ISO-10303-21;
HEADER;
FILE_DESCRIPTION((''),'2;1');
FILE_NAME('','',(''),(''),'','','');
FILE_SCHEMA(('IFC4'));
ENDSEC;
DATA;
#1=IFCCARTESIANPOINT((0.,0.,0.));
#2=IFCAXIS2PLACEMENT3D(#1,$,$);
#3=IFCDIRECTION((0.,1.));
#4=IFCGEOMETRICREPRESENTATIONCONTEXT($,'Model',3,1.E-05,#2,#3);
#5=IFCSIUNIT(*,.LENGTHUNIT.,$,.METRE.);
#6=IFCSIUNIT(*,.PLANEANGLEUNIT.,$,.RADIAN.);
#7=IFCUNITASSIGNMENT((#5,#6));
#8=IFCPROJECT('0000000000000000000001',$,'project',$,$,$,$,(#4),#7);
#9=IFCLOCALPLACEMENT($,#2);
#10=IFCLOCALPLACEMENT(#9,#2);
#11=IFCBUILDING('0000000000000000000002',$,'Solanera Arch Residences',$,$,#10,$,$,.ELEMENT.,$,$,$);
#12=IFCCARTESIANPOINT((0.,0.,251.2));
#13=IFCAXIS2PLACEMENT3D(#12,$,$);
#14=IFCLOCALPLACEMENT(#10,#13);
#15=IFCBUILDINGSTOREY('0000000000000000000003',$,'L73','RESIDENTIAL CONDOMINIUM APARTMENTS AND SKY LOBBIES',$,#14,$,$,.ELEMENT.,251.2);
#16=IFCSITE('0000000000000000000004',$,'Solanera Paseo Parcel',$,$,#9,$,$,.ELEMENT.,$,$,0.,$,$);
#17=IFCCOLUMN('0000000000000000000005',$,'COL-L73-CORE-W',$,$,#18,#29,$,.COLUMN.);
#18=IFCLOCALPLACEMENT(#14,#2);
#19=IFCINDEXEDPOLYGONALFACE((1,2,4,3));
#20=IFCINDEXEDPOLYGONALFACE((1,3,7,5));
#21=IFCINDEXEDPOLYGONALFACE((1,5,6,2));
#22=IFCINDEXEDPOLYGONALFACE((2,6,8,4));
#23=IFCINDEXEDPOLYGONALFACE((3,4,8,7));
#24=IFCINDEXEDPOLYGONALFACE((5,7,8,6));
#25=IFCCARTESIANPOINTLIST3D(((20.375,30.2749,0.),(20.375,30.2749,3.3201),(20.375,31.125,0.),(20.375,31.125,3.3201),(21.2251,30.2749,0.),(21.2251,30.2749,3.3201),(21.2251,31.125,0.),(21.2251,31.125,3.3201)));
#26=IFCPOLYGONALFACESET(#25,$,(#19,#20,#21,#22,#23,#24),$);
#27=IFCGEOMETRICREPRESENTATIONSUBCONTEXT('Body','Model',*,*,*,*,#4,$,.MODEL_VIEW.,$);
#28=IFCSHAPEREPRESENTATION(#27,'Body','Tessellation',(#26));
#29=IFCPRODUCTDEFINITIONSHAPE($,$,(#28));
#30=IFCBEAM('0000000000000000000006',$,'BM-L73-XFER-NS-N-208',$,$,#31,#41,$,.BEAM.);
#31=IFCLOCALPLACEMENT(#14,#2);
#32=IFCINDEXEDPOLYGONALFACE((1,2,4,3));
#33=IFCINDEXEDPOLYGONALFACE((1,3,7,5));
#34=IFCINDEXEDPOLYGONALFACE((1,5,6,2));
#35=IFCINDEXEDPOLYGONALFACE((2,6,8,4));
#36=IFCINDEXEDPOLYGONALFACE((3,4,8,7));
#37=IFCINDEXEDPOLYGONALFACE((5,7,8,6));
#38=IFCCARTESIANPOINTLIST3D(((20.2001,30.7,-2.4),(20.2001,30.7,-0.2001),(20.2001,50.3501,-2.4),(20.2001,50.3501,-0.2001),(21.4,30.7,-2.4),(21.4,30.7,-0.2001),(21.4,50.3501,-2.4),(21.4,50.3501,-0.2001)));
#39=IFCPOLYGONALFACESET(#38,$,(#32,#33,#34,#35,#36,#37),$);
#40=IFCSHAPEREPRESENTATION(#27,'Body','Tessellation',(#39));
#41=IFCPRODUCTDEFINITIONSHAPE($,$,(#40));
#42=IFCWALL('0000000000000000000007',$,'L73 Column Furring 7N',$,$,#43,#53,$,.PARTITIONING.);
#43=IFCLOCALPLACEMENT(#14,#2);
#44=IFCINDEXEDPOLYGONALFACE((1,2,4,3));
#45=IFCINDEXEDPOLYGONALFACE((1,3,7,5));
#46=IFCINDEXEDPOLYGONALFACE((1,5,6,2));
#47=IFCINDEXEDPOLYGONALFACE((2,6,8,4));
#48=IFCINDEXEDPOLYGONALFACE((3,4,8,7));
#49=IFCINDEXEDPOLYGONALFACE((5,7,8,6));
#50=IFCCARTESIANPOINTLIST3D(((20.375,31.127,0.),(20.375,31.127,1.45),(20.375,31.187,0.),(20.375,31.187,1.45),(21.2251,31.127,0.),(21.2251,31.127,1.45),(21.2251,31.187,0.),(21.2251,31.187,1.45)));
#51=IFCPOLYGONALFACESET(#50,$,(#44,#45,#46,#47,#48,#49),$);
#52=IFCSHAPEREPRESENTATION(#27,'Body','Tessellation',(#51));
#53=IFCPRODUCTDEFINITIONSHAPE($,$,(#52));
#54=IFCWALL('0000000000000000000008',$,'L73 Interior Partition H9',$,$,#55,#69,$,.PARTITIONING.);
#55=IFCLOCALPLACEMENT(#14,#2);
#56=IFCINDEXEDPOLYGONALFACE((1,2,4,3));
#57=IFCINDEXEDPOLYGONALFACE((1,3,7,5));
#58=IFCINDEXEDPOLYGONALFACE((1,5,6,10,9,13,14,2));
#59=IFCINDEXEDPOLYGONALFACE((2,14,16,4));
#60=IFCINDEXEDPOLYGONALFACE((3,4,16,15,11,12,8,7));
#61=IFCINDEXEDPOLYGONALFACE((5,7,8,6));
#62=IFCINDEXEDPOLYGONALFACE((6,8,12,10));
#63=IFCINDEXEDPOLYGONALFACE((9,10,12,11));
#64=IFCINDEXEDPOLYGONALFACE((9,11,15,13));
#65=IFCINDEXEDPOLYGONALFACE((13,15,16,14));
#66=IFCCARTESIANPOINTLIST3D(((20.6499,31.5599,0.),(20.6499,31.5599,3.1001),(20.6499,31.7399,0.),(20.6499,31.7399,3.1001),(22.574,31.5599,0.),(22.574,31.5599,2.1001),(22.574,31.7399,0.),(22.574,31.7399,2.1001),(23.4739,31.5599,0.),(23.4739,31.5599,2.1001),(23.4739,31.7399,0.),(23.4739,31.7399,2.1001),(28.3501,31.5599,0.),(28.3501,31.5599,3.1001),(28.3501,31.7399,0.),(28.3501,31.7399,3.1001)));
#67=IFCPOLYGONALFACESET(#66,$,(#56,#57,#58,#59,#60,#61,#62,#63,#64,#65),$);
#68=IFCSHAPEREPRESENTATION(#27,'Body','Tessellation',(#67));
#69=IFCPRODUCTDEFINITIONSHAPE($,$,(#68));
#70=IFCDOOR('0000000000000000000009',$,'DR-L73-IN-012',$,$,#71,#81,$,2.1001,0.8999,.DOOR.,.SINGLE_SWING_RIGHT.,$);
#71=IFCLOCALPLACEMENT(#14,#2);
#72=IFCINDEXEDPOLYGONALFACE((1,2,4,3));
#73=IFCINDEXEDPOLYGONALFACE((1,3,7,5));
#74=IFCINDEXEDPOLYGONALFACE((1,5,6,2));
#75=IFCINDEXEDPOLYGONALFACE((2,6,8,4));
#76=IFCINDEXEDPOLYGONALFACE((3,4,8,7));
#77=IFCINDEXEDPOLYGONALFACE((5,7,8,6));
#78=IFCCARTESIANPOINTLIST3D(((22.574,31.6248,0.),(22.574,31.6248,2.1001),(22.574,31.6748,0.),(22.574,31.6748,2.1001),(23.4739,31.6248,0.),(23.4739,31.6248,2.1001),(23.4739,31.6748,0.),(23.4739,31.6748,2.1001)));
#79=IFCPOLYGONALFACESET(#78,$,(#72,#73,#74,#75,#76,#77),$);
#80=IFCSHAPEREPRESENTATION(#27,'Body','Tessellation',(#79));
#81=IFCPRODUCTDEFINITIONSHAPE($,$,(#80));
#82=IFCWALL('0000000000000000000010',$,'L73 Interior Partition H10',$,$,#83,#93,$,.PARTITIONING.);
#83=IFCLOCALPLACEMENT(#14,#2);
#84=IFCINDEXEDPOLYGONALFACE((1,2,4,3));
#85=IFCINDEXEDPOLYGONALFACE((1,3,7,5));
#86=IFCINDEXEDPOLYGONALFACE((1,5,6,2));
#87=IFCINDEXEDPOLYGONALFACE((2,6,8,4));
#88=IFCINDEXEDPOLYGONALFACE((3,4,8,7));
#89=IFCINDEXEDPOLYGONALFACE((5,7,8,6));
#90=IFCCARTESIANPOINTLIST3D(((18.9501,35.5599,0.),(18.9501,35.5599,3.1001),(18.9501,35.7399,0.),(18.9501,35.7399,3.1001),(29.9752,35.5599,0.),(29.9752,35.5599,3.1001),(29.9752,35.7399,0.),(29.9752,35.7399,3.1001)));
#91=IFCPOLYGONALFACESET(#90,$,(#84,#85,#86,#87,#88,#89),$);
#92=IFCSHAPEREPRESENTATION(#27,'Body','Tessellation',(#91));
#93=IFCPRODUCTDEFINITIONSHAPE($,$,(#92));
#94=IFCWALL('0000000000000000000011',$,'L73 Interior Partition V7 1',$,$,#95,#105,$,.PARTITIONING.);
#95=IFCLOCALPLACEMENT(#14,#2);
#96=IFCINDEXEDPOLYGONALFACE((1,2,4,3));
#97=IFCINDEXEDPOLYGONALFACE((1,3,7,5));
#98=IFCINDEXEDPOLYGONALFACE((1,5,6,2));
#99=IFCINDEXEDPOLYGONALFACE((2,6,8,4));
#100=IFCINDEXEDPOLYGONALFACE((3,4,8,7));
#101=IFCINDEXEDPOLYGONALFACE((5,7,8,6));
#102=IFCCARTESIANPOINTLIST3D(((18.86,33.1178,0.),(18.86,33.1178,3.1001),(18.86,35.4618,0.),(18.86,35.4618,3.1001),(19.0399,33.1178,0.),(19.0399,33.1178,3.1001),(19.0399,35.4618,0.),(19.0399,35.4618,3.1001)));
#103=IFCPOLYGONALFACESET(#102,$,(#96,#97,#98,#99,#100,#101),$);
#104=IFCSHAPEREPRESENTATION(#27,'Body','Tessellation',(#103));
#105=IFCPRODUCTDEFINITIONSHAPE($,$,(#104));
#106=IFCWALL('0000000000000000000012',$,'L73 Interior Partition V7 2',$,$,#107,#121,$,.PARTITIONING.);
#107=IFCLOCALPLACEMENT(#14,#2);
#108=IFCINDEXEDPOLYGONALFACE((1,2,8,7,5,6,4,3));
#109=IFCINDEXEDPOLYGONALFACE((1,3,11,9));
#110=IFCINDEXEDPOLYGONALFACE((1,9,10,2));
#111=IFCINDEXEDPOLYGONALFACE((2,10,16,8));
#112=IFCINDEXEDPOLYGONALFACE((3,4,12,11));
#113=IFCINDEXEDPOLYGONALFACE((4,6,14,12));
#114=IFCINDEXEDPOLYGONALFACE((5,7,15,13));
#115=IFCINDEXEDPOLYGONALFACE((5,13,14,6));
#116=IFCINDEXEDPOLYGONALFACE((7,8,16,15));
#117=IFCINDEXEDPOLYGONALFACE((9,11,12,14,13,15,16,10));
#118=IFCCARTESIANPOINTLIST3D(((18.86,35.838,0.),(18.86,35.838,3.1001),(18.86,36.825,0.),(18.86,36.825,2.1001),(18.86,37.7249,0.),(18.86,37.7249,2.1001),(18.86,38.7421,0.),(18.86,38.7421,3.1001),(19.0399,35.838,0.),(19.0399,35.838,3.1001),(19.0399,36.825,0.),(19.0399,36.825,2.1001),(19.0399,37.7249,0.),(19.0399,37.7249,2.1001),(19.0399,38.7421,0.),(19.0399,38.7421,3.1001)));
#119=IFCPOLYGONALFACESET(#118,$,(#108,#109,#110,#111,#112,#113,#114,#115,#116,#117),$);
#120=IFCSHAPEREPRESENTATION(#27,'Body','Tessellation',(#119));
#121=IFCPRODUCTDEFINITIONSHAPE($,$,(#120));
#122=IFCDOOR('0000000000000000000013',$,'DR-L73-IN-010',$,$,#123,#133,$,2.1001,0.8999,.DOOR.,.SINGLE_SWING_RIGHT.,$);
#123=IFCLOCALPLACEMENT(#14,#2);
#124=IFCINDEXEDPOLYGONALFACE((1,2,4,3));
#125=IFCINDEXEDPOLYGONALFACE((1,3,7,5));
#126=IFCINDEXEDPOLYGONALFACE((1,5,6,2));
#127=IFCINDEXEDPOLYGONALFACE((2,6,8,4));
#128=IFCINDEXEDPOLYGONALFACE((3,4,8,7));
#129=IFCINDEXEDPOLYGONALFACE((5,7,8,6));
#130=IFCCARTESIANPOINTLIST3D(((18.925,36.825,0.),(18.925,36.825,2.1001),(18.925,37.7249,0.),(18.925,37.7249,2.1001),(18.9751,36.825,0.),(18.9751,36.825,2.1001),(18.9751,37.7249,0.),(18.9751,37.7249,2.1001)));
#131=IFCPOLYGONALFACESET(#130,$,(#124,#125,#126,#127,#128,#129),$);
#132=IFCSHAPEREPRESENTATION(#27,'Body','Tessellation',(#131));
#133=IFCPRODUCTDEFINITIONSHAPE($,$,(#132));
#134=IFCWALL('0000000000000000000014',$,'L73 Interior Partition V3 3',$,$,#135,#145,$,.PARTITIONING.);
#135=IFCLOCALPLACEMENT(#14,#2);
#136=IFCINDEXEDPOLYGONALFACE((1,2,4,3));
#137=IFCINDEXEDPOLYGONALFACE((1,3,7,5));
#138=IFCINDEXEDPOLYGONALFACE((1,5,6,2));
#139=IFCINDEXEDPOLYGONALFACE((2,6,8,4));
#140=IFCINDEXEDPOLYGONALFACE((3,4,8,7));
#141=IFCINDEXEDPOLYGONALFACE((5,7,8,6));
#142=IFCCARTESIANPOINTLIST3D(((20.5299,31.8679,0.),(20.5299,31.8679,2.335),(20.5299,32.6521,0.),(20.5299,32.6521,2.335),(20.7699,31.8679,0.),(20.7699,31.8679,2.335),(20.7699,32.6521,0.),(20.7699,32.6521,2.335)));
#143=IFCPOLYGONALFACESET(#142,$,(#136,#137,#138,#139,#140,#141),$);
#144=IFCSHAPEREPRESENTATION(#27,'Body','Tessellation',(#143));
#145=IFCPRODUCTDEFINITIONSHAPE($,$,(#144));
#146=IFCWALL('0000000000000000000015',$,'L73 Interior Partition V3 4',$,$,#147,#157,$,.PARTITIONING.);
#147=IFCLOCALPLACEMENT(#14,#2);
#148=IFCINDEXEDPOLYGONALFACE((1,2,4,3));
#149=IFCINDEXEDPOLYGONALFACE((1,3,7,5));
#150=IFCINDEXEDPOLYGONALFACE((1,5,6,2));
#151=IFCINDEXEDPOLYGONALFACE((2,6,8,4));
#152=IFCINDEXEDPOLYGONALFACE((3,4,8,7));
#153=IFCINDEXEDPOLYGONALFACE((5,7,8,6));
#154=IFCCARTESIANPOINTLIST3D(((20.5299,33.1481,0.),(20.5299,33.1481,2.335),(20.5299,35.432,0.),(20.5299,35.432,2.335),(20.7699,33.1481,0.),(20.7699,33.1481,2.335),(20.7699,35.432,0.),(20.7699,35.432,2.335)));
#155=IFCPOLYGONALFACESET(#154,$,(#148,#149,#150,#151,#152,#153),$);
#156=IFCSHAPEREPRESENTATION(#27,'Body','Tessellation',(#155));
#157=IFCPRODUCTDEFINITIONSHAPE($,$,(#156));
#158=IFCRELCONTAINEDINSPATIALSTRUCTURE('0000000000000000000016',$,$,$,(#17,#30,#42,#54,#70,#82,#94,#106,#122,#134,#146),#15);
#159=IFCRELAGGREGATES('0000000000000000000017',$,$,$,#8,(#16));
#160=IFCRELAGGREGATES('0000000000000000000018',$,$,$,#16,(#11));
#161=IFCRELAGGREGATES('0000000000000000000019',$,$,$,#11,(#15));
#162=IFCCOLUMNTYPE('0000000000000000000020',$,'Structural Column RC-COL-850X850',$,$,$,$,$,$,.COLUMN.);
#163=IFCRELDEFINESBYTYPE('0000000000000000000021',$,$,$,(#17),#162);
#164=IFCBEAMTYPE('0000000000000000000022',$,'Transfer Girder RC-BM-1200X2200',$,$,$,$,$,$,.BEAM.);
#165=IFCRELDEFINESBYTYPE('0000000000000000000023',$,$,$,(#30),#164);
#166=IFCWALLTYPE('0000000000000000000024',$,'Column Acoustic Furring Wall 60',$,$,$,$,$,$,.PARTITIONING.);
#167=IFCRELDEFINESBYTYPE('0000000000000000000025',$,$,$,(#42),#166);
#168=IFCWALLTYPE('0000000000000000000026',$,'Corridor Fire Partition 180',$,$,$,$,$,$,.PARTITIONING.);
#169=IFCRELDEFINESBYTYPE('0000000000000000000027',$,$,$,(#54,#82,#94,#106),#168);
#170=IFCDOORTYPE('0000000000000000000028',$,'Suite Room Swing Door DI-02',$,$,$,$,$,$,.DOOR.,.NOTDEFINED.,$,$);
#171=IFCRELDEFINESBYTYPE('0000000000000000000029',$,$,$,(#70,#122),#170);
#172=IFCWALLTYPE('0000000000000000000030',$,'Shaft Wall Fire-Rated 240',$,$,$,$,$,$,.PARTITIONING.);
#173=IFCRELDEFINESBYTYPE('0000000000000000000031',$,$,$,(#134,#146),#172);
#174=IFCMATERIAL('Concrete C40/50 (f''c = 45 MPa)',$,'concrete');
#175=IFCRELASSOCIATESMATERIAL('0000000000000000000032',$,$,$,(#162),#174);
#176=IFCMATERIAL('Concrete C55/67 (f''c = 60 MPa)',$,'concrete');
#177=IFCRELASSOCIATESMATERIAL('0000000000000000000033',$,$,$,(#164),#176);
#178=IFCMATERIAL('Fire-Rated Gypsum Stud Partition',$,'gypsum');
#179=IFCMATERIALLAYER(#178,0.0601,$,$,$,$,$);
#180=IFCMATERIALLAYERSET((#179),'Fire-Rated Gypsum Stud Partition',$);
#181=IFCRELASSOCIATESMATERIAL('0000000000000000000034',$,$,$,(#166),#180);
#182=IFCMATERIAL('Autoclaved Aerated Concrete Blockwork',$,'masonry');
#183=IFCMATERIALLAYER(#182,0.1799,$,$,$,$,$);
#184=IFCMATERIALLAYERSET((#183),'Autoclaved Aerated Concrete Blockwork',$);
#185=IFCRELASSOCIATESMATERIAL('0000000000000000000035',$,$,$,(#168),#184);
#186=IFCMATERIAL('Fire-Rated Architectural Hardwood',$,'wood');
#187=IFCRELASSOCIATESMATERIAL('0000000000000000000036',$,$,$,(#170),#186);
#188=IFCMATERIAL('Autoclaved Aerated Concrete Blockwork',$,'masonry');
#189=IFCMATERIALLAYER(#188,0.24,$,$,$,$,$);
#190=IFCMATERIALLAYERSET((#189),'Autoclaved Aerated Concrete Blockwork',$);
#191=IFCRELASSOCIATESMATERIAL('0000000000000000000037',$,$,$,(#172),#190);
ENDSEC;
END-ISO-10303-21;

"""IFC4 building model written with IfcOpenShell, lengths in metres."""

from ifc_helpers import new_model, si_unit, direction, frame, frame_2d, origin, origin_2d, place, context, subcontext, project, spatial, rectangle, extrude, material, layer, layer_set, material_profile, profile_set, type_object, element, fill, save


model = new_model("IFC4")

# Units and contexts
model_context = context("Model", 3, precision=1e-05, world=origin(), true_north=direction((0.0, 1.0)))
body_context = subcontext(model_context, "Body", "Model", "MODEL_VIEW")
ifc_project = project(units=[si_unit("LENGTHUNIT", "METRE"), si_unit("PLANEANGLEUNIT", "RADIAN")], contexts=[model_context])

# Site, building, storey
site_placement = place(None, origin())
site = spatial("IfcSite", under=ifc_project, at=site_placement, Name="Solanera Paseo Parcel", CompositionType="ELEMENT", RefElevation=0.0)
building_placement = place(site_placement, origin())
building = spatial("IfcBuilding", under=site, at=building_placement, Name="Solanera Arch Residences", CompositionType="ELEMENT")
storey_placement = place(building_placement, frame((0.0, 0.0, 251.2)))
storey = spatial("IfcBuildingStorey", under=building, at=storey_placement, Name="L73", Description="RESIDENTIAL CONDOMINIUM APARTMENTS AND SKY LOBBIES", CompositionType="ELEMENT", Elevation=251.2)

# Column
ifc_material_1 = material(Name="Concrete C40/50 (f'c = 45 MPa)", Category="concrete")
ifc_material_profile_1 = material_profile(ifc_material_1, rectangle(XDim=0.8501, YDim=0.8501, at=origin_2d()))
ifc_profile_set_1 = profile_set([ifc_material_profile_1], Name="Concrete C40/50 (f'c = 45 MPa)")
column_type = type_object("IfcColumnType", Name="Structural Column RC-COL-850X850", PredefinedType="COLUMN", material=ifc_profile_set_1)
column_placement = place(storey_placement, frame((20.8, 30.7, 0.0), z_axis=(0.0, 0.0, 1.0), x_axis=(1.0, 0.0, 0.0)))
element("IfcColumn", 1, at=column_placement, inside=storey, type_object=column_type, Name="COL-L73-CORE-W", PredefinedType="COLUMN", context=body_context, shape_type="SweptSolid", body=[
    extrude(rectangle(XDim=0.8501, YDim=0.8501, at=origin_2d()), origin(), (0.0, 0.0, 1.0), 3.3201),
])

# Beam
ifc_material_2 = material(Name="Concrete C55/67 (f'c = 60 MPa)", Category="concrete")
ifc_material_profile_2 = material_profile(ifc_material_2, rectangle(XDim=1.2, YDim=2.2, at=origin_2d()))
ifc_profile_set_2 = profile_set([ifc_material_profile_2], Name="Concrete C55/67 (f'c = 60 MPa)")
beam_type = type_object("IfcBeamType", Name="Transfer Girder RC-BM-1200X2200", PredefinedType="BEAM", material=ifc_profile_set_2)
beam_placement = place(storey_placement, frame((20.8, 30.7, -1.3), z_axis=(0.0, 1.0, 0.0), x_axis=(-1.0, 0.0, 0.0)))
element("IfcBeam", 2, at=beam_placement, inside=storey, type_object=beam_type, Name="BM-L73-XFER-NS-N-208", PredefinedType="BEAM", context=body_context, shape_type="SweptSolid", body=[
    extrude(rectangle(XDim=1.2, YDim=2.2, at=origin_2d()), origin(), (0.0, 0.0, 1.0), 19.6501),
])

# Wall
ifc_material_3 = material(Name="Fire-Rated Gypsum Stud Partition", Category="gypsum")
ifc_layer_1 = layer(ifc_material_3, 0.0601)
ifc_layer_set_1 = layer_set([ifc_layer_1], Name="Fire-Rated Gypsum Stud Partition")
wall_type_1 = type_object("IfcWallType", Name="Column Acoustic Furring Wall 60", PredefinedType="PARTITIONING", material=ifc_layer_set_1)
wall_1_placement = place(storey_placement, frame((20.375, 31.157, 0.0), z_axis=(0.0, 0.0, 1.0), x_axis=(1.0, 0.0, 0.0)))
element("IfcWall", 3, at=wall_1_placement, inside=storey, type_object=wall_type_1, Name="L73 Column Furring 7N", PredefinedType="PARTITIONING", context=body_context, shape_type="SweptSolid", body=[
    extrude(rectangle(XDim=0.8501, YDim=0.0601, at=frame_2d((0.425, 0.0))), origin(), (0.0, 0.0, 1.0), 1.45),
])

# Wall, opening, door
ifc_material_4 = material(Name="Autoclaved Aerated Concrete Blockwork", Category="masonry")
ifc_layer_2 = layer(ifc_material_4, 0.1799)
ifc_layer_set_2 = layer_set([ifc_layer_2], Name="Autoclaved Aerated Concrete Blockwork")
wall_type_2 = type_object("IfcWallType", Name="Corridor Fire Partition 180", PredefinedType="PARTITIONING", material=ifc_layer_set_2)
wall_2_placement = place(storey_placement, frame((20.6499, 31.6499, 0.0), z_axis=(0.0, 0.0, 1.0), x_axis=(1.0, 0.0, 0.0)))
wall_2 = element("IfcWall", 4, at=wall_2_placement, inside=storey, type_object=wall_type_2, Name="L73 Interior Partition H9", PredefinedType="PARTITIONING", context=body_context, shape_type="SweptSolid", body=[
    extrude(rectangle(XDim=7.7002, YDim=0.1799, at=frame_2d((3.8501, 0.0))), origin(), (0.0, 0.0, 1.0), 3.1001),
])
opening_1_placement = place(wall_2_placement, frame((1.9241, 0.0, 0.0)))
opening_1 = element("IfcOpeningElement", 5, at=opening_1_placement, cuts=wall_2, PredefinedType="OPENING", context=body_context, shape_type="SweptSolid", body=[
    extrude(rectangle(XDim=0.8999, YDim=2.1001, at=frame_2d((0.45, 1.05))), frame((0.0, 0.1001, 0.0), z_axis=(0.0, -1.0, 0.0), x_axis=(1.0, 0.0, 0.0)), (0.0, 0.0, 1.0), 0.1999),
])
ifc_material_5 = material(Name="Fire-Rated Architectural Hardwood", Category="wood")
door_type_1 = type_object("IfcDoorType", Name="Suite Room Swing Door DI-02", OperationType="NOTDEFINED", PredefinedType="DOOR", material=ifc_material_5)
door_1_placement = place(opening_1_placement, origin())
door_1 = element("IfcDoor", 6, at=door_1_placement, inside=storey, type_object=door_type_1, Name="DR-L73-IN-012", OperationType="SINGLE_SWING_RIGHT", OverallHeight=2.1001, OverallWidth=0.8999, PredefinedType="DOOR", context=body_context, shape_type="SweptSolid", body=[
    extrude(rectangle(XDim=0.8999, YDim=2.1001, at=frame_2d((0.45, 1.05))), frame((0.0, 0.0249, 0.0), z_axis=(0.0, -1.0, 0.0), x_axis=(1.0, 0.0, 0.0)), (0.0, 0.0, 1.0), 0.05),
])
fill(opening_1, door_1)

# Walls
wall_3_placement = place(storey_placement, frame((18.95, 35.6499, 0.0), z_axis=(0.0, 0.0, 1.0), x_axis=(1.0, 0.0, 0.0)))
element("IfcWall", 7, at=wall_3_placement, inside=storey, type_object=wall_type_2, Name="L73 Interior Partition H10", PredefinedType="PARTITIONING", context=body_context, shape_type="SweptSolid", body=[
    extrude(rectangle(XDim=11.0251, YDim=0.1799, at=frame_2d((5.5127, 0.0))), origin(), (0.0, 0.0, 1.0), 3.1001),
])
wall_4_placement = place(storey_placement, frame((18.95, 33.1179, 0.0), z_axis=(0.0, 0.0, 1.0), x_axis=(0.0, 1.0, 0.0)))
element("IfcWall", 8, at=wall_4_placement, inside=storey, type_object=wall_type_2, Name="L73 Interior Partition V7 1", PredefinedType="PARTITIONING", context=body_context, shape_type="SweptSolid", body=[
    extrude(rectangle(XDim=2.344, YDim=0.1799, at=frame_2d((1.1719, 0.0))), origin(), (0.0, 0.0, 1.0), 3.1001),
])

# Wall, opening, door
wall_5_placement = place(storey_placement, frame((18.95, 35.8379, 0.0), z_axis=(0.0, 0.0, 1.0), x_axis=(0.0, 1.0, 0.0)))
wall_5 = element("IfcWall", 9, at=wall_5_placement, inside=storey, type_object=wall_type_2, Name="L73 Interior Partition V7 2", PredefinedType="PARTITIONING", context=body_context, shape_type="SweptSolid", body=[
    extrude(rectangle(XDim=2.9041, YDim=0.1799, at=frame_2d((1.4521, 0.0))), origin(), (0.0, 0.0, 1.0), 3.1001),
])
opening_2_placement = place(wall_5_placement, frame((0.9871, 0.0, 0.0)))
opening_2 = element("IfcOpeningElement", 10, at=opening_2_placement, cuts=wall_5, PredefinedType="OPENING", context=body_context, shape_type="SweptSolid", body=[
    extrude(rectangle(XDim=0.8999, YDim=2.1001, at=frame_2d((0.45, 1.05))), frame((0.0, 0.1001, 0.0), z_axis=(0.0, -1.0, 0.0), x_axis=(1.0, 0.0, 0.0)), (0.0, 0.0, 1.0), 0.1999),
])
door_2_placement = place(opening_2_placement, origin())
door_2 = element("IfcDoor", 11, at=door_2_placement, inside=storey, type_object=door_type_1, Name="DR-L73-IN-010", OperationType="SINGLE_SWING_RIGHT", OverallHeight=2.1001, OverallWidth=0.8999, PredefinedType="DOOR", context=body_context, shape_type="SweptSolid", body=[
    extrude(rectangle(XDim=0.8999, YDim=2.1001, at=frame_2d((0.45, 1.05))), frame((0.0, 0.0249, 0.0), z_axis=(0.0, -1.0, 0.0), x_axis=(1.0, 0.0, 0.0)), (0.0, 0.0, 1.0), 0.05),
])
fill(opening_2, door_2)
ifc_material_6 = material(Name="Autoclaved Aerated Concrete Blockwork", Category="masonry")
ifc_layer_3 = layer(ifc_material_6, 0.24)
ifc_layer_set_3 = layer_set([ifc_layer_3], Name="Autoclaved Aerated Concrete Blockwork")
wall_type_3 = type_object("IfcWallType", Name="Shaft Wall Fire-Rated 240", PredefinedType="PARTITIONING", material=ifc_layer_set_3)

# Walls
wall_6_placement = place(storey_placement, frame((20.6499, 31.8679, 0.0), z_axis=(0.0, 0.0, 1.0), x_axis=(0.0, 1.0, 0.0)))
element("IfcWall", 12, at=wall_6_placement, inside=storey, type_object=wall_type_3, Name="L73 Interior Partition V3 3", PredefinedType="PARTITIONING", context=body_context, shape_type="SweptSolid", body=[
    extrude(rectangle(XDim=0.7842, YDim=0.24, at=frame_2d((0.3921, 0.0))), origin(), (0.0, 0.0, 1.0), 2.335),
])
wall_7_placement = place(storey_placement, frame((20.6499, 33.1479, 0.0), z_axis=(0.0, 0.0, 1.0), x_axis=(0.0, 1.0, 0.0)))
element("IfcWall", 13, at=wall_7_placement, inside=storey, type_object=wall_type_3, Name="L73 Interior Partition V3 4", PredefinedType="PARTITIONING", context=body_context, shape_type="SweptSolid", body=[
    extrude(rectangle(XDim=2.2839, YDim=0.24, at=frame_2d((1.1421, 0.0))), origin(), (0.0, 0.0, 1.0), 2.335),
])

save(model, "model.ifc")
